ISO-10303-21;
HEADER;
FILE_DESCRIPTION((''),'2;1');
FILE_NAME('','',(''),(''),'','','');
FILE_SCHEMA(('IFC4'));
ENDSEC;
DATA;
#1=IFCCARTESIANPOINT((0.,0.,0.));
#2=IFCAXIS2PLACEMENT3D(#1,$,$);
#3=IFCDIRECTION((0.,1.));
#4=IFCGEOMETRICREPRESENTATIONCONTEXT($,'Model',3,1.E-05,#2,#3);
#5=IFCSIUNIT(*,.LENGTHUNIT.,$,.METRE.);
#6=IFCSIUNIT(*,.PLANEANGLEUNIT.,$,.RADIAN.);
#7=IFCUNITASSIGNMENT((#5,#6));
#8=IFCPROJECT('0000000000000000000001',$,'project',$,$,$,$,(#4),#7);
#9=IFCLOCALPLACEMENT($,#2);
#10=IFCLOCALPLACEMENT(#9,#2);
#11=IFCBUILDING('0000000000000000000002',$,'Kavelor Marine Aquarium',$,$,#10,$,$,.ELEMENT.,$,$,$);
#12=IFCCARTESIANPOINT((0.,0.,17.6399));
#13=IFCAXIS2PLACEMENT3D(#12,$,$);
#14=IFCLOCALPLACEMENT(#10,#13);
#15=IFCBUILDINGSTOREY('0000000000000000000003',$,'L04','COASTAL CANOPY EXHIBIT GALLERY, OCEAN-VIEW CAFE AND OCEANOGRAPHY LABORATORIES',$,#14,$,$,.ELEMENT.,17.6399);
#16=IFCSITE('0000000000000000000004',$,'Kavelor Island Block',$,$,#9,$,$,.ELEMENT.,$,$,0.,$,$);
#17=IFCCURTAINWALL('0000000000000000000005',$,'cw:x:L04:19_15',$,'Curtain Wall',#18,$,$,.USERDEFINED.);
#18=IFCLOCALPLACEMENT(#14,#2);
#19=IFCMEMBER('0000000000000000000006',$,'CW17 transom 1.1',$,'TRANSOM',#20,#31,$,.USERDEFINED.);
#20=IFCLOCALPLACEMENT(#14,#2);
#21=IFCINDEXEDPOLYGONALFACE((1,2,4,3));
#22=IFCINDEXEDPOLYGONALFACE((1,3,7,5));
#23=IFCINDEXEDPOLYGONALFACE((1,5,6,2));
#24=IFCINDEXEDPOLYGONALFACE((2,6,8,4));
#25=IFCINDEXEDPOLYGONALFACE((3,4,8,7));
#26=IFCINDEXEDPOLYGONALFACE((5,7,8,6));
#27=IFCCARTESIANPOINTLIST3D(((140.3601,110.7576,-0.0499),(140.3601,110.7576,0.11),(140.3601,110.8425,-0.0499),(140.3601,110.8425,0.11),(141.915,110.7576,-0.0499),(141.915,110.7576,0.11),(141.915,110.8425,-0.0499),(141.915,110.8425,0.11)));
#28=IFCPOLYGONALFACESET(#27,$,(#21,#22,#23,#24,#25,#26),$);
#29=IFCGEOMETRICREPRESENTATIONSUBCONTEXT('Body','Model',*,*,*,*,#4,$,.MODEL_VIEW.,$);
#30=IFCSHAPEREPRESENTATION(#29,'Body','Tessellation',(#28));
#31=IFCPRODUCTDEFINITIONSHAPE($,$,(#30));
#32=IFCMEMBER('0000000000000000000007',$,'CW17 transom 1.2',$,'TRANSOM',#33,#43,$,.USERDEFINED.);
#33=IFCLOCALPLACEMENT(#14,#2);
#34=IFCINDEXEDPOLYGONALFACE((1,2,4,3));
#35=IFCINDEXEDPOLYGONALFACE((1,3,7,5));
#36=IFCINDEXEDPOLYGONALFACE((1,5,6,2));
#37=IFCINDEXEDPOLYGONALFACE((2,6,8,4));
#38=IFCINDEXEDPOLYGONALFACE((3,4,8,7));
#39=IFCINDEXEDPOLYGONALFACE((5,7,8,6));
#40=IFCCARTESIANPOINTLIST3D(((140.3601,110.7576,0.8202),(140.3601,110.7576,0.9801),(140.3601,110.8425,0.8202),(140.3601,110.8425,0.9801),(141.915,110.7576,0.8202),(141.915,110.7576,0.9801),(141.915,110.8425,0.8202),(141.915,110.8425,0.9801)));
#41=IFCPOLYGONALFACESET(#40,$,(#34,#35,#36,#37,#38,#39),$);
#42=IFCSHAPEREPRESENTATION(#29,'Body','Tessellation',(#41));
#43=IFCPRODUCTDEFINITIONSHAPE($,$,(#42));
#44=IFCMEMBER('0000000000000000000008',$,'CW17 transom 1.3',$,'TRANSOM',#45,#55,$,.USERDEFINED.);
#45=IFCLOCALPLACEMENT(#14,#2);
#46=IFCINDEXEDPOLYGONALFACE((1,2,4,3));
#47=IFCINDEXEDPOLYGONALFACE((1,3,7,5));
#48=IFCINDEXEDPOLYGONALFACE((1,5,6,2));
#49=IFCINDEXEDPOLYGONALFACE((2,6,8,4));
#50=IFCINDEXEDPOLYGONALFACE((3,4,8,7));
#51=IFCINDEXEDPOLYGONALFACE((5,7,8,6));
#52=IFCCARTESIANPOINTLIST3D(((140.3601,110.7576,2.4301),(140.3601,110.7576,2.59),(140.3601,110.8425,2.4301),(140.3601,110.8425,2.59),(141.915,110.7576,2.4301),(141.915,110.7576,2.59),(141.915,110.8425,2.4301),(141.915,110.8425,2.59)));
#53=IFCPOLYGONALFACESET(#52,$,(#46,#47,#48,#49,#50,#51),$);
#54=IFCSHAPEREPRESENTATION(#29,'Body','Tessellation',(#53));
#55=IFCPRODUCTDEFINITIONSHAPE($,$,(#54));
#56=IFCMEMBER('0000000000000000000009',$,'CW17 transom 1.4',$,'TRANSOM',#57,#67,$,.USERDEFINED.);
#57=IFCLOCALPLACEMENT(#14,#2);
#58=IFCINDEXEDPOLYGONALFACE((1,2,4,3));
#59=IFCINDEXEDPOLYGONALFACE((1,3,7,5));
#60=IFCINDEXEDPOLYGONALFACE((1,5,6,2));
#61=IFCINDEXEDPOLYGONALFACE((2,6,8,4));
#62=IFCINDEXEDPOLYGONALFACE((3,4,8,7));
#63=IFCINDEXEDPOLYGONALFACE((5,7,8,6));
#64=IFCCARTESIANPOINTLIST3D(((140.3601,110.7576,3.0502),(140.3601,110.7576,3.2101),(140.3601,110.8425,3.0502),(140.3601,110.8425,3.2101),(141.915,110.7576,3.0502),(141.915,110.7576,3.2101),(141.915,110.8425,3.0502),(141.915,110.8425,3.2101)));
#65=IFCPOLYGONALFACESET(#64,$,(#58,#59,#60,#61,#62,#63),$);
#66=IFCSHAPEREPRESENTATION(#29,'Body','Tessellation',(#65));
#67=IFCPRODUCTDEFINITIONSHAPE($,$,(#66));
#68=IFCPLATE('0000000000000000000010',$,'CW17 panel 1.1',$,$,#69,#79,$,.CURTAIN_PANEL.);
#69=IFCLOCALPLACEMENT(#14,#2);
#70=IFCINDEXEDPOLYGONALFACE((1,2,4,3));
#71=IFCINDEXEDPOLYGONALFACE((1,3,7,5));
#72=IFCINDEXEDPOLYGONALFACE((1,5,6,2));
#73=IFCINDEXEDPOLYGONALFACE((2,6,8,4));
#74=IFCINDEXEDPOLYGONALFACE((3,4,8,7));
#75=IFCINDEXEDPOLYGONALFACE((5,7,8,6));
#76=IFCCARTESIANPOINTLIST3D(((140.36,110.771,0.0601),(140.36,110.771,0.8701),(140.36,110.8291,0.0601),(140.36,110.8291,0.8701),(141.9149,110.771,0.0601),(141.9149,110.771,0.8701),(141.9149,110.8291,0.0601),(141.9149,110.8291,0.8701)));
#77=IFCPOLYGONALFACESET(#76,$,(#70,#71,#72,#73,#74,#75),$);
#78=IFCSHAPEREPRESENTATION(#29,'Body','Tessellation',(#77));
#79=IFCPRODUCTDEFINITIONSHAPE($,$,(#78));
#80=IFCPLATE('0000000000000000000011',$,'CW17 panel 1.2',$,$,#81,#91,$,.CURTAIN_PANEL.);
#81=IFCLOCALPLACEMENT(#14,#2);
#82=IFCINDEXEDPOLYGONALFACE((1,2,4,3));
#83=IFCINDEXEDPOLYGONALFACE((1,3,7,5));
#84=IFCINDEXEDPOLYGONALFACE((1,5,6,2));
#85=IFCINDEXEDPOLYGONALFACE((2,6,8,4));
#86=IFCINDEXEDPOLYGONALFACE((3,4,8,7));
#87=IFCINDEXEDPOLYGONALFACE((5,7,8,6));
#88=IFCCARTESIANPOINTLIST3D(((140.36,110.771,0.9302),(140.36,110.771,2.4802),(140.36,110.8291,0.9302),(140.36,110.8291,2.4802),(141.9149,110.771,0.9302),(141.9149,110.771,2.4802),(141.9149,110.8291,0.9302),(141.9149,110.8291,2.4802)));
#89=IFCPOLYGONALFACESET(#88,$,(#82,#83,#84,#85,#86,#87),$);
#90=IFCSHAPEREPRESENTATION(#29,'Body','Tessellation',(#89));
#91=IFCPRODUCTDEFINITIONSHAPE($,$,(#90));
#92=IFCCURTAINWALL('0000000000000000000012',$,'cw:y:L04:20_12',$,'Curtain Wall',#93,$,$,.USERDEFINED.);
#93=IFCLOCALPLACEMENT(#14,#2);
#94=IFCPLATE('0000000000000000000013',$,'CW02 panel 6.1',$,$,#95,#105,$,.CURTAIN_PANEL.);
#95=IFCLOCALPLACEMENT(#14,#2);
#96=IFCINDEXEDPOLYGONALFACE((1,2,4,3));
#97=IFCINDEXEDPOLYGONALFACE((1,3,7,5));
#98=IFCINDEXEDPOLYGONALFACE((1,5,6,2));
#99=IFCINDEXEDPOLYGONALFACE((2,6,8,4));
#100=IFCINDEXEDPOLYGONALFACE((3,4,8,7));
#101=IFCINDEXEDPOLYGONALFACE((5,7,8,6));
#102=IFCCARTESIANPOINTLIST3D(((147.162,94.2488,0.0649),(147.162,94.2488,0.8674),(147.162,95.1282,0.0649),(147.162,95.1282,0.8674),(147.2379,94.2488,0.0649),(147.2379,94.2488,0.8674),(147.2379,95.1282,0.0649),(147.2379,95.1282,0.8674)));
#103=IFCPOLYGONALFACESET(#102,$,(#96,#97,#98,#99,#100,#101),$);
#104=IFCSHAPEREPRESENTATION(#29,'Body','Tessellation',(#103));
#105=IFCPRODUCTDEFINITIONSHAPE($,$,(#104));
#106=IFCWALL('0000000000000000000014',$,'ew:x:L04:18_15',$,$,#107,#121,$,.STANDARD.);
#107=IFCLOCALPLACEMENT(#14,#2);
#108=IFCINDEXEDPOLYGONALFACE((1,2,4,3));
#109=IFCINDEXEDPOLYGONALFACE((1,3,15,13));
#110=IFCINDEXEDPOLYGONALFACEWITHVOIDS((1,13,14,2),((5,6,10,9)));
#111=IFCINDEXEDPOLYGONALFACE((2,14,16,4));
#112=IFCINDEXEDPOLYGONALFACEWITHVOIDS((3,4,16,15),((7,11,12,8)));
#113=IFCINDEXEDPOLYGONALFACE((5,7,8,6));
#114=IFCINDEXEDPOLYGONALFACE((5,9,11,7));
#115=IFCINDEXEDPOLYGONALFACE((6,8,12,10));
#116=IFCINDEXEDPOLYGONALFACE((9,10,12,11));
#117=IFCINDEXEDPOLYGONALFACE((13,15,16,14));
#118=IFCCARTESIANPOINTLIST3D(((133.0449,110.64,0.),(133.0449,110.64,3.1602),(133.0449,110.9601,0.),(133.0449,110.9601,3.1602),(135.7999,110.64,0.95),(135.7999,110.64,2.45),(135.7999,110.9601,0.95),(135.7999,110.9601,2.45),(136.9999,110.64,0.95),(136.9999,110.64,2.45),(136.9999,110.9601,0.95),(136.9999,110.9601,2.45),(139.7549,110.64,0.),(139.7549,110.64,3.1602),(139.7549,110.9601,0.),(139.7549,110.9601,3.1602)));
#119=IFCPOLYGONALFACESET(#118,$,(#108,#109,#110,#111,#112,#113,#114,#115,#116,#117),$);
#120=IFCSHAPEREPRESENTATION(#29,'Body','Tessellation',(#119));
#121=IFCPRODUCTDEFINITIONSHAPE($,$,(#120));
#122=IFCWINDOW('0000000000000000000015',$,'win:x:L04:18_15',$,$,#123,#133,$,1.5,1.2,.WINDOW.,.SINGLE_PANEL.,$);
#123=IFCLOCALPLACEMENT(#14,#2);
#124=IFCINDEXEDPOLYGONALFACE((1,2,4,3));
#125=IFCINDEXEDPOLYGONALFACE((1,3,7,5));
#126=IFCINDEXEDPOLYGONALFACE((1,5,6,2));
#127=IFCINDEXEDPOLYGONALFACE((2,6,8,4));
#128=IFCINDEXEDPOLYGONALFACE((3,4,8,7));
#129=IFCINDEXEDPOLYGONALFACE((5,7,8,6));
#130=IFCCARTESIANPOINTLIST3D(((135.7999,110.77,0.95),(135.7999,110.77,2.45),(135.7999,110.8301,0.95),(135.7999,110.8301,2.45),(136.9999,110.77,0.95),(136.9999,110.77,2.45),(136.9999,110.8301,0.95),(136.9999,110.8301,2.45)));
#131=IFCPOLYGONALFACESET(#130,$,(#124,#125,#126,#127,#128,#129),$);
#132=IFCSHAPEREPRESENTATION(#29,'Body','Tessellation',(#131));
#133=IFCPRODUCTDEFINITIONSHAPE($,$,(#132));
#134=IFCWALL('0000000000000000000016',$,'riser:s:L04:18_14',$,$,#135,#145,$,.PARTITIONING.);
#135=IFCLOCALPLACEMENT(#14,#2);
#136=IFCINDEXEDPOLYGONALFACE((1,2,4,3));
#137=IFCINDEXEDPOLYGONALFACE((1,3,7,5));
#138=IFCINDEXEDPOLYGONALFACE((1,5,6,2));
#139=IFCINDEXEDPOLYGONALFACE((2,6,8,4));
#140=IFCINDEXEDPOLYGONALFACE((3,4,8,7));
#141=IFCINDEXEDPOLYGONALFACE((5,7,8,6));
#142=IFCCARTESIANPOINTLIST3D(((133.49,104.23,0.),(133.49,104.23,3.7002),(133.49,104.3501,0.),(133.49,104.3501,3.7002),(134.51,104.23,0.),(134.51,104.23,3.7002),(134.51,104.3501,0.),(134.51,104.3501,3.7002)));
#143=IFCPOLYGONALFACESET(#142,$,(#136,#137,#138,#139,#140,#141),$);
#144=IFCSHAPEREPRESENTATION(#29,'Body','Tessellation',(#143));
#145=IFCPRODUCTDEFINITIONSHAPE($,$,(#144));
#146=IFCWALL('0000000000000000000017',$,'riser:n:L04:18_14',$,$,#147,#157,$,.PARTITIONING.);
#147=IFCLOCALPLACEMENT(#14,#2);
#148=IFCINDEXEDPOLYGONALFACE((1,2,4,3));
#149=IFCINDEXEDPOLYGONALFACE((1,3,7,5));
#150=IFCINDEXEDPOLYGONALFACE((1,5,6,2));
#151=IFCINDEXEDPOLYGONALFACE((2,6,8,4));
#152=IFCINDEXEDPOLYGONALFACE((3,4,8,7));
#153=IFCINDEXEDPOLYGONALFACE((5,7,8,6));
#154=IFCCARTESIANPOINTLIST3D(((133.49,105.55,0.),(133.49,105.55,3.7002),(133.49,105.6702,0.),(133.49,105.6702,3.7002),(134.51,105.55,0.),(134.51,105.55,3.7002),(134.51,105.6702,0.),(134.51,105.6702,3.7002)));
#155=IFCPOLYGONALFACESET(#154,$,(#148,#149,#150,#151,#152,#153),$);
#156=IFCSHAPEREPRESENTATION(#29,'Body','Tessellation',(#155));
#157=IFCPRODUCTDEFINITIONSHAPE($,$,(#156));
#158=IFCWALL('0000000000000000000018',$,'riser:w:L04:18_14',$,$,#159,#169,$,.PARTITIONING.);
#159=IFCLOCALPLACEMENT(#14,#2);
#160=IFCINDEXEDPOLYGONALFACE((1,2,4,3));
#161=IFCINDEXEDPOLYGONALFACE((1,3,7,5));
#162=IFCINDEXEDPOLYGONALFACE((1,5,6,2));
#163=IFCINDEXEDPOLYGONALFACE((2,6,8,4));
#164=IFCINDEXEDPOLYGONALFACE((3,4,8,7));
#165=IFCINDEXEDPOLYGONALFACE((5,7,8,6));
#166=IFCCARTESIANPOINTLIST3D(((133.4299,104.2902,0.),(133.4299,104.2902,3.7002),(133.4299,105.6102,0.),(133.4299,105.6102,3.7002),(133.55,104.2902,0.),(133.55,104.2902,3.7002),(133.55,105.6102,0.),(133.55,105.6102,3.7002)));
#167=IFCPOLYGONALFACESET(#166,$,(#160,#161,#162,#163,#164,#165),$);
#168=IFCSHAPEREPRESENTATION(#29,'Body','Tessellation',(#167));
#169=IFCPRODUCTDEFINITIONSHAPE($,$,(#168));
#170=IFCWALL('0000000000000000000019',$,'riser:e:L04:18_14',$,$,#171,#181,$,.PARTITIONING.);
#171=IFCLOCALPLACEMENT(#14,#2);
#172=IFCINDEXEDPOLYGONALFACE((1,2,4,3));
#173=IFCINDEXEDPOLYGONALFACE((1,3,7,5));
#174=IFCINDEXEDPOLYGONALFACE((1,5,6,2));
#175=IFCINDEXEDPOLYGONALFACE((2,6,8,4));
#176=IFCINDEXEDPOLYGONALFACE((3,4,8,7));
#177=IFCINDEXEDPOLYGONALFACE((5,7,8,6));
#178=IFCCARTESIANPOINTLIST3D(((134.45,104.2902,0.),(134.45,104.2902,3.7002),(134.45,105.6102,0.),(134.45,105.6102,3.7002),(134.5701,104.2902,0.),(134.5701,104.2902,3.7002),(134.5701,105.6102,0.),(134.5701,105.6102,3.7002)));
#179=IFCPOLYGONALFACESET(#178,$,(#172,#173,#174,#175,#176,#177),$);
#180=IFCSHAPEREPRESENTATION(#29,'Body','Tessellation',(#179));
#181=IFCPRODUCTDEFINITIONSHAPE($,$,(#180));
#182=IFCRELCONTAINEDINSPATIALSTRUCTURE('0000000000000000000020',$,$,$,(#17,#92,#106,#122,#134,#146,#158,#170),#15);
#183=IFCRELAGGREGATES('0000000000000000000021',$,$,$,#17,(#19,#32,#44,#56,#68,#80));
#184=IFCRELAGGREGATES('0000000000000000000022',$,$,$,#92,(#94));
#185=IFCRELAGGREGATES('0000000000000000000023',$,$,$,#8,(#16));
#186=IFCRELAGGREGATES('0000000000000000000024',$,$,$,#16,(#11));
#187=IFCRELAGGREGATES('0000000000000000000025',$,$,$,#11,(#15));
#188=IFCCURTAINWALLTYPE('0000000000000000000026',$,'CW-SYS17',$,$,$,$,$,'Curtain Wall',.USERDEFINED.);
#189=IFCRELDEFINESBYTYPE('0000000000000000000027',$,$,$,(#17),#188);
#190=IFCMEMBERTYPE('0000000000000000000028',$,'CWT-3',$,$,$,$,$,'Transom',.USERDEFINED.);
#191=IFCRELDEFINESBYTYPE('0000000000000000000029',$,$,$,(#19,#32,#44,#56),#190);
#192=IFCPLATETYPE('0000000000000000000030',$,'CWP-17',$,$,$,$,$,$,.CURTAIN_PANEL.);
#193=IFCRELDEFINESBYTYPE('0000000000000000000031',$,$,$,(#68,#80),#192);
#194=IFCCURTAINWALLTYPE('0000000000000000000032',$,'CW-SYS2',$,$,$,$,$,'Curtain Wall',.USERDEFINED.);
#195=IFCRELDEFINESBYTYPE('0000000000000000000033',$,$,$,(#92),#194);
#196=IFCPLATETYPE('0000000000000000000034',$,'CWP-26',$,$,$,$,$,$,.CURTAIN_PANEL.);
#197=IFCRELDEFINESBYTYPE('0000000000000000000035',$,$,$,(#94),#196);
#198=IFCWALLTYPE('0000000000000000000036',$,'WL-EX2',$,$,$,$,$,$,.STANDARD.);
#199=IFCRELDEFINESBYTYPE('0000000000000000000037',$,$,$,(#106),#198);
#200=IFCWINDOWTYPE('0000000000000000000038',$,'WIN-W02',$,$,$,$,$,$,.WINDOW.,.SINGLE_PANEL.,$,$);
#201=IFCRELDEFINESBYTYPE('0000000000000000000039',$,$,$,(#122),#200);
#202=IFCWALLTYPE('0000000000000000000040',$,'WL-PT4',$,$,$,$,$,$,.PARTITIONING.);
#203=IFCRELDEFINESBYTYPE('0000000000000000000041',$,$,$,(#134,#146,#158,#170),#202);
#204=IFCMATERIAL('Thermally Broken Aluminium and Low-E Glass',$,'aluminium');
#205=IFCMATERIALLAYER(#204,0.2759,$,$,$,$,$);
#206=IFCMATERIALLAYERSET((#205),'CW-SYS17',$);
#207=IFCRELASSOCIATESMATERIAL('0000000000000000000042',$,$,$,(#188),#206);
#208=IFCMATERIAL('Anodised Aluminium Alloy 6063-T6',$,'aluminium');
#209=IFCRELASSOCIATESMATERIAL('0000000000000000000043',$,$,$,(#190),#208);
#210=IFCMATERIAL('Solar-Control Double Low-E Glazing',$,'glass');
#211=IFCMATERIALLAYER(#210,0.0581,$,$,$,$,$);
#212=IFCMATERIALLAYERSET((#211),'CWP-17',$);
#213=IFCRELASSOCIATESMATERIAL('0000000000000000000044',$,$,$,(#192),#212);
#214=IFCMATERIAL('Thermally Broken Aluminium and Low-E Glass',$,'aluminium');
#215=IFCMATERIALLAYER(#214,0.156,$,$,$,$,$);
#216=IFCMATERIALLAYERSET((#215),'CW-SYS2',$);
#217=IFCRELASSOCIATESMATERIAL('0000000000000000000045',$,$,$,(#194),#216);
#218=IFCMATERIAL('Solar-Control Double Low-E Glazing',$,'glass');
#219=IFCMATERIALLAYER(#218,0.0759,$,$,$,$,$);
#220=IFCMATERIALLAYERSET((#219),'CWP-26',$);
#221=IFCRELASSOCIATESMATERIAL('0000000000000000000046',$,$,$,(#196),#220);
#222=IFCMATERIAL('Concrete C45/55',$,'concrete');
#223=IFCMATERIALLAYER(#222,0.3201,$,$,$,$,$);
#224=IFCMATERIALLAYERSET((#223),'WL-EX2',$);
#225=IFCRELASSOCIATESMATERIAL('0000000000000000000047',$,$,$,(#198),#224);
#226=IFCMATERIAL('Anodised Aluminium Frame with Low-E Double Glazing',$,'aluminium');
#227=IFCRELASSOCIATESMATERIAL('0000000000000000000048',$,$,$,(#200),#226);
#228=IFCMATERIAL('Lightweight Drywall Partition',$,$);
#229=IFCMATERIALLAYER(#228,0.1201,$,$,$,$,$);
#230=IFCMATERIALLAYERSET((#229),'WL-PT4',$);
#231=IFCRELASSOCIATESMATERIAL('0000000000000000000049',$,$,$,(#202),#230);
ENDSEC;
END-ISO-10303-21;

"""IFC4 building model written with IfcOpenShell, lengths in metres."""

from ifc_helpers import new_model, si_unit, direction, frame, frame_2d, origin, origin_2d, place, context, subcontext, project, spatial, rectangle, extrude, material, layer, layer_set, material_profile, profile_set, type_object, element, fill, aggregate, save


model = new_model("IFC4")

# Units and contexts
model_context = context("Model", 3, precision=1e-05, world=origin(), true_north=direction((0.0, 1.0)))
body_context = subcontext(model_context, "Body", "Model", "MODEL_VIEW")
ifc_project = project(units=[si_unit("LENGTHUNIT", "METRE"), si_unit("PLANEANGLEUNIT", "RADIAN")], contexts=[model_context])

# Site, building, storey
site_placement = place(None, origin())
site = spatial("IfcSite", under=ifc_project, at=site_placement, Name="Kavelor Island Block", CompositionType="ELEMENT", RefElevation=0.0)
building_placement = place(site_placement, origin())
building = spatial("IfcBuilding", under=site, at=building_placement, Name="Kavelor Marine Aquarium", CompositionType="ELEMENT")
storey_placement = place(building_placement, frame((0.0, 0.0, 17.6399)))
storey = spatial("IfcBuildingStorey", under=building, at=storey_placement, Name="L04", Description="COASTAL CANOPY EXHIBIT GALLERY, OCEAN-VIEW CAFE AND OCEANOGRAPHY LABORATORIES", CompositionType="ELEMENT", Elevation=17.6399)

# Curtain wall, members, plates
ifc_material_1 = material(Name="Thermally Broken Aluminium and Low-E Glass", Category="aluminium")
ifc_layer_1 = layer(ifc_material_1, 0.2759)
ifc_layer_set_1 = layer_set([ifc_layer_1], Name="CW-SYS17")
curtain_wall_type_1 = type_object("IfcCurtainWallType", Name="CW-SYS17", ElementType="Curtain Wall", PredefinedType="USERDEFINED", material=ifc_layer_set_1)
curtain_wall_1_placement = place(storey_placement, origin())
curtain_wall_1 = element("IfcCurtainWall", 1, at=curtain_wall_1_placement, inside=storey, type_object=curtain_wall_type_1, Name="cw:x:L04:19_15", ObjectType="Curtain Wall", PredefinedType="USERDEFINED")
ifc_material_2 = material(Name="Anodised Aluminium Alloy 6063-T6", Category="aluminium")
ifc_material_profile_1 = material_profile(ifc_material_2, rectangle(XDim=0.085, YDim=0.1599, at=origin_2d()), Name="CW-TRN 85x160")
ifc_profile_set_1 = profile_set([ifc_material_profile_1], Name="Anodised Aluminium Alloy 6063-T6")
member_type_1 = type_object("IfcMemberType", Name="CWT-3", ElementType="Transom", PredefinedType="USERDEFINED", material=ifc_profile_set_1)
member_1_placement = place(storey_placement, frame((140.3601, 110.8, 0.03), z_axis=(1.0, 0.0, 0.0), x_axis=(0.0, 1.0, 0.0)))
member_1 = element("IfcMember", 2, at=member_1_placement, type_object=member_type_1, Name="CW17 transom 1.1", ObjectType="TRANSOM", PredefinedType="USERDEFINED", context=body_context, shape_type="SweptSolid", body=[
    extrude(rectangle(XDim=0.085, YDim=0.1599, at=origin_2d()), origin(), (0.0, 0.0, 1.0), 1.5549),
])
member_2_placement = place(storey_placement, frame((140.3601, 110.8, 0.9001), z_axis=(1.0, 0.0, 0.0), x_axis=(0.0, 1.0, 0.0)))
member_2 = element("IfcMember", 3, at=member_2_placement, type_object=member_type_1, Name="CW17 transom 1.2", ObjectType="TRANSOM", PredefinedType="USERDEFINED", context=body_context, shape_type="SweptSolid", body=[
    extrude(rectangle(XDim=0.085, YDim=0.1599, at=origin_2d()), origin(), (0.0, 0.0, 1.0), 1.5549),
])
member_3_placement = place(storey_placement, frame((140.3601, 110.8, 2.51), z_axis=(1.0, 0.0, 0.0), x_axis=(0.0, 1.0, 0.0)))
member_3 = element("IfcMember", 4, at=member_3_placement, type_object=member_type_1, Name="CW17 transom 1.3", ObjectType="TRANSOM", PredefinedType="USERDEFINED", context=body_context, shape_type="SweptSolid", body=[
    extrude(rectangle(XDim=0.085, YDim=0.1599, at=origin_2d()), origin(), (0.0, 0.0, 1.0), 1.5549),
])
member_4_placement = place(storey_placement, frame((140.3601, 110.8, 3.1301), z_axis=(1.0, 0.0, 0.0), x_axis=(0.0, 1.0, 0.0)))
member_4 = element("IfcMember", 5, at=member_4_placement, type_object=member_type_1, Name="CW17 transom 1.4", ObjectType="TRANSOM", PredefinedType="USERDEFINED", context=body_context, shape_type="SweptSolid", body=[
    extrude(rectangle(XDim=0.085, YDim=0.1599, at=origin_2d()), origin(), (0.0, 0.0, 1.0), 1.5549),
])
ifc_material_3 = material(Name="Solar-Control Double Low-E Glazing", Category="glass")
ifc_layer_2 = layer(ifc_material_3, 0.0581)
ifc_layer_set_2 = layer_set([ifc_layer_2], Name="CWP-17")
plate_type_1 = type_object("IfcPlateType", Name="CWP-17", PredefinedType="CURTAIN_PANEL", material=ifc_layer_set_2)
plate_1_placement = place(storey_placement, frame((141.1375, 110.8, 0.0601), z_axis=(0.0, 0.0, 1.0), x_axis=(1.0, 0.0, 0.0)))
plate_1 = element("IfcPlate", 6, at=plate_1_placement, type_object=plate_type_1, Name="CW17 panel 1.1", PredefinedType="CURTAIN_PANEL", context=body_context, shape_type="SweptSolid", body=[
    extrude(rectangle(XDim=1.5549, YDim=0.0581, at=origin_2d()), origin(), (0.0, 0.0, 1.0), 0.8101),
])
plate_2_placement = place(storey_placement, frame((141.1375, 110.8, 0.9302), z_axis=(0.0, 0.0, 1.0), x_axis=(1.0, 0.0, 0.0)))
plate_2 = element("IfcPlate", 7, at=plate_2_placement, type_object=plate_type_1, Name="CW17 panel 1.2", PredefinedType="CURTAIN_PANEL", context=body_context, shape_type="SweptSolid", body=[
    extrude(rectangle(XDim=1.5549, YDim=0.0581, at=origin_2d()), origin(), (0.0, 0.0, 1.0), 1.55),
])
aggregate(curtain_wall_1, [member_1, member_2, member_3, member_4, plate_1, plate_2])

# Curtain wall, plate
ifc_material_4 = material(Name="Thermally Broken Aluminium and Low-E Glass", Category="aluminium")
ifc_layer_3 = layer(ifc_material_4, 0.156)
ifc_layer_set_3 = layer_set([ifc_layer_3], Name="CW-SYS2")
curtain_wall_type_2 = type_object("IfcCurtainWallType", Name="CW-SYS2", ElementType="Curtain Wall", PredefinedType="USERDEFINED", material=ifc_layer_set_3)
curtain_wall_2_placement = place(storey_placement, origin())
curtain_wall_2 = element("IfcCurtainWall", 8, at=curtain_wall_2_placement, inside=storey, type_object=curtain_wall_type_2, Name="cw:y:L04:20_12", ObjectType="Curtain Wall", PredefinedType="USERDEFINED")
ifc_material_5 = material(Name="Solar-Control Double Low-E Glazing", Category="glass")
ifc_layer_4 = layer(ifc_material_5, 0.0759)
ifc_layer_set_4 = layer_set([ifc_layer_4], Name="CWP-26")
plate_type_2 = type_object("IfcPlateType", Name="CWP-26", PredefinedType="CURTAIN_PANEL", material=ifc_layer_set_4)
plate_3_placement = place(storey_placement, frame((147.2, 94.6885, 0.0649), z_axis=(0.0, 0.0, 1.0), x_axis=(0.0, 1.0, 0.0)))
plate_3 = element("IfcPlate", 9, at=plate_3_placement, type_object=plate_type_2, Name="CW02 panel 6.1", PredefinedType="CURTAIN_PANEL", context=body_context, shape_type="SweptSolid", body=[
    extrude(rectangle(XDim=0.8794, YDim=0.0759, at=origin_2d()), origin(), (0.0, 0.0, 1.0), 0.8025),
])
aggregate(curtain_wall_2, [plate_3])

# Wall, opening, window
ifc_material_6 = material(Name="Concrete C45/55", Category="concrete")
ifc_layer_5 = layer(ifc_material_6, 0.3201)
ifc_layer_set_5 = layer_set([ifc_layer_5], Name="WL-EX2")
wall_type_1 = type_object("IfcWallType", Name="WL-EX2", PredefinedType="STANDARD", material=ifc_layer_set_5)
wall_placement = place(storey_placement, frame((133.0449, 110.8, 0.0), z_axis=(0.0, 0.0, 1.0), x_axis=(1.0, 0.0, 0.0)))
wall = element("IfcWall", 10, at=wall_placement, inside=storey, type_object=wall_type_1, Name="ew:x:L04:18_15", PredefinedType="STANDARD", context=body_context, shape_type="SweptSolid", body=[
    extrude(rectangle(XDim=6.71, YDim=0.3201, at=frame_2d((3.355, 0.0))), origin(), (0.0, 0.0, 1.0), 3.1602),
])
opening_placement = place(wall_placement, frame((2.7549, 0.0, 0.95)))
opening = element("IfcOpeningElement", 11, at=opening_placement, cuts=wall, PredefinedType="OPENING", context=body_context, shape_type="SweptSolid", body=[
    extrude(rectangle(XDim=1.2, YDim=1.5, at=frame_2d((0.6001, 0.75))), frame((0.0, 0.1699, 0.0), z_axis=(0.0, -1.0, 0.0), x_axis=(1.0, 0.0, 0.0)), (0.0, 0.0, 1.0), 0.3401),
])
ifc_material_7 = material(Name="Anodised Aluminium Frame with Low-E Double Glazing", Category="aluminium")
window_type = type_object("IfcWindowType", Name="WIN-W02", PartitioningType="SINGLE_PANEL", PredefinedType="WINDOW", material=ifc_material_7)
window_placement = place(opening_placement, origin())
window = element("IfcWindow", 12, at=window_placement, inside=storey, type_object=window_type, Name="win:x:L04:18_15", OverallHeight=1.5, OverallWidth=1.2, PartitioningType="SINGLE_PANEL", PredefinedType="WINDOW", context=body_context, shape_type="SweptSolid", body=[
    extrude(rectangle(XDim=1.2, YDim=1.5, at=frame_2d((0.6001, 0.75))), frame((0.0, 0.03, 0.0), z_axis=(0.0, -1.0, 0.0), x_axis=(1.0, 0.0, 0.0)), (0.0, 0.0, 1.0), 0.0601),
])
fill(opening, window)

# Walls
ifc_material_8 = material(Name="Lightweight Drywall Partition")
ifc_layer_6 = layer(ifc_material_8, 0.1201)
ifc_layer_set_6 = layer_set([ifc_layer_6], Name="WL-PT4")
wall_type_2 = type_object("IfcWallType", Name="WL-PT4", PredefinedType="PARTITIONING", material=ifc_layer_set_6)
for number, where, z_axis, x_axis, name in (
    (13, (133.49, 104.29, 0.0), (0.0, 0.0, 1.0), (1.0, 0.0, 0.0), "riser:s:L04:18_14"),
    (14, (133.49, 105.6101, 0.0), (0.0, 0.0, 1.0), (1.0, 0.0, 0.0), "riser:n:L04:18_14"),
):
    element("IfcWall", number, at=place(storey_placement, frame(where, z_axis=z_axis, x_axis=x_axis)), inside=storey, type_object=wall_type_2, Name=name, PredefinedType="PARTITIONING", context=body_context, shape_type="SweptSolid", body=[
        extrude(rectangle(XDim=1.02, YDim=0.1201, at=frame_2d((0.51, 0.0))), origin(), (0.0, 0.0, 1.0), 3.7002),
    ])
for number, where, z_axis, x_axis, name in (
    (15, (133.49, 104.29, 0.0), (0.0, 0.0, 1.0), (0.0, 1.0, 0.0), "riser:w:L04:18_14"),
    (16, (134.51, 104.29, 0.0), (0.0, 0.0, 1.0), (0.0, 1.0, 0.0), "riser:e:L04:18_14"),
):
    element("IfcWall", number, at=place(storey_placement, frame(where, z_axis=z_axis, x_axis=x_axis)), inside=storey, type_object=wall_type_2, Name=name, PredefinedType="PARTITIONING", context=body_context, shape_type="SweptSolid", body=[
        extrude(rectangle(XDim=1.3201, YDim=0.1201, at=frame_2d((0.6602, 0.0))), origin(), (0.0, 0.0, 1.0), 3.7002),
    ])

save(model, "model.ifc")
